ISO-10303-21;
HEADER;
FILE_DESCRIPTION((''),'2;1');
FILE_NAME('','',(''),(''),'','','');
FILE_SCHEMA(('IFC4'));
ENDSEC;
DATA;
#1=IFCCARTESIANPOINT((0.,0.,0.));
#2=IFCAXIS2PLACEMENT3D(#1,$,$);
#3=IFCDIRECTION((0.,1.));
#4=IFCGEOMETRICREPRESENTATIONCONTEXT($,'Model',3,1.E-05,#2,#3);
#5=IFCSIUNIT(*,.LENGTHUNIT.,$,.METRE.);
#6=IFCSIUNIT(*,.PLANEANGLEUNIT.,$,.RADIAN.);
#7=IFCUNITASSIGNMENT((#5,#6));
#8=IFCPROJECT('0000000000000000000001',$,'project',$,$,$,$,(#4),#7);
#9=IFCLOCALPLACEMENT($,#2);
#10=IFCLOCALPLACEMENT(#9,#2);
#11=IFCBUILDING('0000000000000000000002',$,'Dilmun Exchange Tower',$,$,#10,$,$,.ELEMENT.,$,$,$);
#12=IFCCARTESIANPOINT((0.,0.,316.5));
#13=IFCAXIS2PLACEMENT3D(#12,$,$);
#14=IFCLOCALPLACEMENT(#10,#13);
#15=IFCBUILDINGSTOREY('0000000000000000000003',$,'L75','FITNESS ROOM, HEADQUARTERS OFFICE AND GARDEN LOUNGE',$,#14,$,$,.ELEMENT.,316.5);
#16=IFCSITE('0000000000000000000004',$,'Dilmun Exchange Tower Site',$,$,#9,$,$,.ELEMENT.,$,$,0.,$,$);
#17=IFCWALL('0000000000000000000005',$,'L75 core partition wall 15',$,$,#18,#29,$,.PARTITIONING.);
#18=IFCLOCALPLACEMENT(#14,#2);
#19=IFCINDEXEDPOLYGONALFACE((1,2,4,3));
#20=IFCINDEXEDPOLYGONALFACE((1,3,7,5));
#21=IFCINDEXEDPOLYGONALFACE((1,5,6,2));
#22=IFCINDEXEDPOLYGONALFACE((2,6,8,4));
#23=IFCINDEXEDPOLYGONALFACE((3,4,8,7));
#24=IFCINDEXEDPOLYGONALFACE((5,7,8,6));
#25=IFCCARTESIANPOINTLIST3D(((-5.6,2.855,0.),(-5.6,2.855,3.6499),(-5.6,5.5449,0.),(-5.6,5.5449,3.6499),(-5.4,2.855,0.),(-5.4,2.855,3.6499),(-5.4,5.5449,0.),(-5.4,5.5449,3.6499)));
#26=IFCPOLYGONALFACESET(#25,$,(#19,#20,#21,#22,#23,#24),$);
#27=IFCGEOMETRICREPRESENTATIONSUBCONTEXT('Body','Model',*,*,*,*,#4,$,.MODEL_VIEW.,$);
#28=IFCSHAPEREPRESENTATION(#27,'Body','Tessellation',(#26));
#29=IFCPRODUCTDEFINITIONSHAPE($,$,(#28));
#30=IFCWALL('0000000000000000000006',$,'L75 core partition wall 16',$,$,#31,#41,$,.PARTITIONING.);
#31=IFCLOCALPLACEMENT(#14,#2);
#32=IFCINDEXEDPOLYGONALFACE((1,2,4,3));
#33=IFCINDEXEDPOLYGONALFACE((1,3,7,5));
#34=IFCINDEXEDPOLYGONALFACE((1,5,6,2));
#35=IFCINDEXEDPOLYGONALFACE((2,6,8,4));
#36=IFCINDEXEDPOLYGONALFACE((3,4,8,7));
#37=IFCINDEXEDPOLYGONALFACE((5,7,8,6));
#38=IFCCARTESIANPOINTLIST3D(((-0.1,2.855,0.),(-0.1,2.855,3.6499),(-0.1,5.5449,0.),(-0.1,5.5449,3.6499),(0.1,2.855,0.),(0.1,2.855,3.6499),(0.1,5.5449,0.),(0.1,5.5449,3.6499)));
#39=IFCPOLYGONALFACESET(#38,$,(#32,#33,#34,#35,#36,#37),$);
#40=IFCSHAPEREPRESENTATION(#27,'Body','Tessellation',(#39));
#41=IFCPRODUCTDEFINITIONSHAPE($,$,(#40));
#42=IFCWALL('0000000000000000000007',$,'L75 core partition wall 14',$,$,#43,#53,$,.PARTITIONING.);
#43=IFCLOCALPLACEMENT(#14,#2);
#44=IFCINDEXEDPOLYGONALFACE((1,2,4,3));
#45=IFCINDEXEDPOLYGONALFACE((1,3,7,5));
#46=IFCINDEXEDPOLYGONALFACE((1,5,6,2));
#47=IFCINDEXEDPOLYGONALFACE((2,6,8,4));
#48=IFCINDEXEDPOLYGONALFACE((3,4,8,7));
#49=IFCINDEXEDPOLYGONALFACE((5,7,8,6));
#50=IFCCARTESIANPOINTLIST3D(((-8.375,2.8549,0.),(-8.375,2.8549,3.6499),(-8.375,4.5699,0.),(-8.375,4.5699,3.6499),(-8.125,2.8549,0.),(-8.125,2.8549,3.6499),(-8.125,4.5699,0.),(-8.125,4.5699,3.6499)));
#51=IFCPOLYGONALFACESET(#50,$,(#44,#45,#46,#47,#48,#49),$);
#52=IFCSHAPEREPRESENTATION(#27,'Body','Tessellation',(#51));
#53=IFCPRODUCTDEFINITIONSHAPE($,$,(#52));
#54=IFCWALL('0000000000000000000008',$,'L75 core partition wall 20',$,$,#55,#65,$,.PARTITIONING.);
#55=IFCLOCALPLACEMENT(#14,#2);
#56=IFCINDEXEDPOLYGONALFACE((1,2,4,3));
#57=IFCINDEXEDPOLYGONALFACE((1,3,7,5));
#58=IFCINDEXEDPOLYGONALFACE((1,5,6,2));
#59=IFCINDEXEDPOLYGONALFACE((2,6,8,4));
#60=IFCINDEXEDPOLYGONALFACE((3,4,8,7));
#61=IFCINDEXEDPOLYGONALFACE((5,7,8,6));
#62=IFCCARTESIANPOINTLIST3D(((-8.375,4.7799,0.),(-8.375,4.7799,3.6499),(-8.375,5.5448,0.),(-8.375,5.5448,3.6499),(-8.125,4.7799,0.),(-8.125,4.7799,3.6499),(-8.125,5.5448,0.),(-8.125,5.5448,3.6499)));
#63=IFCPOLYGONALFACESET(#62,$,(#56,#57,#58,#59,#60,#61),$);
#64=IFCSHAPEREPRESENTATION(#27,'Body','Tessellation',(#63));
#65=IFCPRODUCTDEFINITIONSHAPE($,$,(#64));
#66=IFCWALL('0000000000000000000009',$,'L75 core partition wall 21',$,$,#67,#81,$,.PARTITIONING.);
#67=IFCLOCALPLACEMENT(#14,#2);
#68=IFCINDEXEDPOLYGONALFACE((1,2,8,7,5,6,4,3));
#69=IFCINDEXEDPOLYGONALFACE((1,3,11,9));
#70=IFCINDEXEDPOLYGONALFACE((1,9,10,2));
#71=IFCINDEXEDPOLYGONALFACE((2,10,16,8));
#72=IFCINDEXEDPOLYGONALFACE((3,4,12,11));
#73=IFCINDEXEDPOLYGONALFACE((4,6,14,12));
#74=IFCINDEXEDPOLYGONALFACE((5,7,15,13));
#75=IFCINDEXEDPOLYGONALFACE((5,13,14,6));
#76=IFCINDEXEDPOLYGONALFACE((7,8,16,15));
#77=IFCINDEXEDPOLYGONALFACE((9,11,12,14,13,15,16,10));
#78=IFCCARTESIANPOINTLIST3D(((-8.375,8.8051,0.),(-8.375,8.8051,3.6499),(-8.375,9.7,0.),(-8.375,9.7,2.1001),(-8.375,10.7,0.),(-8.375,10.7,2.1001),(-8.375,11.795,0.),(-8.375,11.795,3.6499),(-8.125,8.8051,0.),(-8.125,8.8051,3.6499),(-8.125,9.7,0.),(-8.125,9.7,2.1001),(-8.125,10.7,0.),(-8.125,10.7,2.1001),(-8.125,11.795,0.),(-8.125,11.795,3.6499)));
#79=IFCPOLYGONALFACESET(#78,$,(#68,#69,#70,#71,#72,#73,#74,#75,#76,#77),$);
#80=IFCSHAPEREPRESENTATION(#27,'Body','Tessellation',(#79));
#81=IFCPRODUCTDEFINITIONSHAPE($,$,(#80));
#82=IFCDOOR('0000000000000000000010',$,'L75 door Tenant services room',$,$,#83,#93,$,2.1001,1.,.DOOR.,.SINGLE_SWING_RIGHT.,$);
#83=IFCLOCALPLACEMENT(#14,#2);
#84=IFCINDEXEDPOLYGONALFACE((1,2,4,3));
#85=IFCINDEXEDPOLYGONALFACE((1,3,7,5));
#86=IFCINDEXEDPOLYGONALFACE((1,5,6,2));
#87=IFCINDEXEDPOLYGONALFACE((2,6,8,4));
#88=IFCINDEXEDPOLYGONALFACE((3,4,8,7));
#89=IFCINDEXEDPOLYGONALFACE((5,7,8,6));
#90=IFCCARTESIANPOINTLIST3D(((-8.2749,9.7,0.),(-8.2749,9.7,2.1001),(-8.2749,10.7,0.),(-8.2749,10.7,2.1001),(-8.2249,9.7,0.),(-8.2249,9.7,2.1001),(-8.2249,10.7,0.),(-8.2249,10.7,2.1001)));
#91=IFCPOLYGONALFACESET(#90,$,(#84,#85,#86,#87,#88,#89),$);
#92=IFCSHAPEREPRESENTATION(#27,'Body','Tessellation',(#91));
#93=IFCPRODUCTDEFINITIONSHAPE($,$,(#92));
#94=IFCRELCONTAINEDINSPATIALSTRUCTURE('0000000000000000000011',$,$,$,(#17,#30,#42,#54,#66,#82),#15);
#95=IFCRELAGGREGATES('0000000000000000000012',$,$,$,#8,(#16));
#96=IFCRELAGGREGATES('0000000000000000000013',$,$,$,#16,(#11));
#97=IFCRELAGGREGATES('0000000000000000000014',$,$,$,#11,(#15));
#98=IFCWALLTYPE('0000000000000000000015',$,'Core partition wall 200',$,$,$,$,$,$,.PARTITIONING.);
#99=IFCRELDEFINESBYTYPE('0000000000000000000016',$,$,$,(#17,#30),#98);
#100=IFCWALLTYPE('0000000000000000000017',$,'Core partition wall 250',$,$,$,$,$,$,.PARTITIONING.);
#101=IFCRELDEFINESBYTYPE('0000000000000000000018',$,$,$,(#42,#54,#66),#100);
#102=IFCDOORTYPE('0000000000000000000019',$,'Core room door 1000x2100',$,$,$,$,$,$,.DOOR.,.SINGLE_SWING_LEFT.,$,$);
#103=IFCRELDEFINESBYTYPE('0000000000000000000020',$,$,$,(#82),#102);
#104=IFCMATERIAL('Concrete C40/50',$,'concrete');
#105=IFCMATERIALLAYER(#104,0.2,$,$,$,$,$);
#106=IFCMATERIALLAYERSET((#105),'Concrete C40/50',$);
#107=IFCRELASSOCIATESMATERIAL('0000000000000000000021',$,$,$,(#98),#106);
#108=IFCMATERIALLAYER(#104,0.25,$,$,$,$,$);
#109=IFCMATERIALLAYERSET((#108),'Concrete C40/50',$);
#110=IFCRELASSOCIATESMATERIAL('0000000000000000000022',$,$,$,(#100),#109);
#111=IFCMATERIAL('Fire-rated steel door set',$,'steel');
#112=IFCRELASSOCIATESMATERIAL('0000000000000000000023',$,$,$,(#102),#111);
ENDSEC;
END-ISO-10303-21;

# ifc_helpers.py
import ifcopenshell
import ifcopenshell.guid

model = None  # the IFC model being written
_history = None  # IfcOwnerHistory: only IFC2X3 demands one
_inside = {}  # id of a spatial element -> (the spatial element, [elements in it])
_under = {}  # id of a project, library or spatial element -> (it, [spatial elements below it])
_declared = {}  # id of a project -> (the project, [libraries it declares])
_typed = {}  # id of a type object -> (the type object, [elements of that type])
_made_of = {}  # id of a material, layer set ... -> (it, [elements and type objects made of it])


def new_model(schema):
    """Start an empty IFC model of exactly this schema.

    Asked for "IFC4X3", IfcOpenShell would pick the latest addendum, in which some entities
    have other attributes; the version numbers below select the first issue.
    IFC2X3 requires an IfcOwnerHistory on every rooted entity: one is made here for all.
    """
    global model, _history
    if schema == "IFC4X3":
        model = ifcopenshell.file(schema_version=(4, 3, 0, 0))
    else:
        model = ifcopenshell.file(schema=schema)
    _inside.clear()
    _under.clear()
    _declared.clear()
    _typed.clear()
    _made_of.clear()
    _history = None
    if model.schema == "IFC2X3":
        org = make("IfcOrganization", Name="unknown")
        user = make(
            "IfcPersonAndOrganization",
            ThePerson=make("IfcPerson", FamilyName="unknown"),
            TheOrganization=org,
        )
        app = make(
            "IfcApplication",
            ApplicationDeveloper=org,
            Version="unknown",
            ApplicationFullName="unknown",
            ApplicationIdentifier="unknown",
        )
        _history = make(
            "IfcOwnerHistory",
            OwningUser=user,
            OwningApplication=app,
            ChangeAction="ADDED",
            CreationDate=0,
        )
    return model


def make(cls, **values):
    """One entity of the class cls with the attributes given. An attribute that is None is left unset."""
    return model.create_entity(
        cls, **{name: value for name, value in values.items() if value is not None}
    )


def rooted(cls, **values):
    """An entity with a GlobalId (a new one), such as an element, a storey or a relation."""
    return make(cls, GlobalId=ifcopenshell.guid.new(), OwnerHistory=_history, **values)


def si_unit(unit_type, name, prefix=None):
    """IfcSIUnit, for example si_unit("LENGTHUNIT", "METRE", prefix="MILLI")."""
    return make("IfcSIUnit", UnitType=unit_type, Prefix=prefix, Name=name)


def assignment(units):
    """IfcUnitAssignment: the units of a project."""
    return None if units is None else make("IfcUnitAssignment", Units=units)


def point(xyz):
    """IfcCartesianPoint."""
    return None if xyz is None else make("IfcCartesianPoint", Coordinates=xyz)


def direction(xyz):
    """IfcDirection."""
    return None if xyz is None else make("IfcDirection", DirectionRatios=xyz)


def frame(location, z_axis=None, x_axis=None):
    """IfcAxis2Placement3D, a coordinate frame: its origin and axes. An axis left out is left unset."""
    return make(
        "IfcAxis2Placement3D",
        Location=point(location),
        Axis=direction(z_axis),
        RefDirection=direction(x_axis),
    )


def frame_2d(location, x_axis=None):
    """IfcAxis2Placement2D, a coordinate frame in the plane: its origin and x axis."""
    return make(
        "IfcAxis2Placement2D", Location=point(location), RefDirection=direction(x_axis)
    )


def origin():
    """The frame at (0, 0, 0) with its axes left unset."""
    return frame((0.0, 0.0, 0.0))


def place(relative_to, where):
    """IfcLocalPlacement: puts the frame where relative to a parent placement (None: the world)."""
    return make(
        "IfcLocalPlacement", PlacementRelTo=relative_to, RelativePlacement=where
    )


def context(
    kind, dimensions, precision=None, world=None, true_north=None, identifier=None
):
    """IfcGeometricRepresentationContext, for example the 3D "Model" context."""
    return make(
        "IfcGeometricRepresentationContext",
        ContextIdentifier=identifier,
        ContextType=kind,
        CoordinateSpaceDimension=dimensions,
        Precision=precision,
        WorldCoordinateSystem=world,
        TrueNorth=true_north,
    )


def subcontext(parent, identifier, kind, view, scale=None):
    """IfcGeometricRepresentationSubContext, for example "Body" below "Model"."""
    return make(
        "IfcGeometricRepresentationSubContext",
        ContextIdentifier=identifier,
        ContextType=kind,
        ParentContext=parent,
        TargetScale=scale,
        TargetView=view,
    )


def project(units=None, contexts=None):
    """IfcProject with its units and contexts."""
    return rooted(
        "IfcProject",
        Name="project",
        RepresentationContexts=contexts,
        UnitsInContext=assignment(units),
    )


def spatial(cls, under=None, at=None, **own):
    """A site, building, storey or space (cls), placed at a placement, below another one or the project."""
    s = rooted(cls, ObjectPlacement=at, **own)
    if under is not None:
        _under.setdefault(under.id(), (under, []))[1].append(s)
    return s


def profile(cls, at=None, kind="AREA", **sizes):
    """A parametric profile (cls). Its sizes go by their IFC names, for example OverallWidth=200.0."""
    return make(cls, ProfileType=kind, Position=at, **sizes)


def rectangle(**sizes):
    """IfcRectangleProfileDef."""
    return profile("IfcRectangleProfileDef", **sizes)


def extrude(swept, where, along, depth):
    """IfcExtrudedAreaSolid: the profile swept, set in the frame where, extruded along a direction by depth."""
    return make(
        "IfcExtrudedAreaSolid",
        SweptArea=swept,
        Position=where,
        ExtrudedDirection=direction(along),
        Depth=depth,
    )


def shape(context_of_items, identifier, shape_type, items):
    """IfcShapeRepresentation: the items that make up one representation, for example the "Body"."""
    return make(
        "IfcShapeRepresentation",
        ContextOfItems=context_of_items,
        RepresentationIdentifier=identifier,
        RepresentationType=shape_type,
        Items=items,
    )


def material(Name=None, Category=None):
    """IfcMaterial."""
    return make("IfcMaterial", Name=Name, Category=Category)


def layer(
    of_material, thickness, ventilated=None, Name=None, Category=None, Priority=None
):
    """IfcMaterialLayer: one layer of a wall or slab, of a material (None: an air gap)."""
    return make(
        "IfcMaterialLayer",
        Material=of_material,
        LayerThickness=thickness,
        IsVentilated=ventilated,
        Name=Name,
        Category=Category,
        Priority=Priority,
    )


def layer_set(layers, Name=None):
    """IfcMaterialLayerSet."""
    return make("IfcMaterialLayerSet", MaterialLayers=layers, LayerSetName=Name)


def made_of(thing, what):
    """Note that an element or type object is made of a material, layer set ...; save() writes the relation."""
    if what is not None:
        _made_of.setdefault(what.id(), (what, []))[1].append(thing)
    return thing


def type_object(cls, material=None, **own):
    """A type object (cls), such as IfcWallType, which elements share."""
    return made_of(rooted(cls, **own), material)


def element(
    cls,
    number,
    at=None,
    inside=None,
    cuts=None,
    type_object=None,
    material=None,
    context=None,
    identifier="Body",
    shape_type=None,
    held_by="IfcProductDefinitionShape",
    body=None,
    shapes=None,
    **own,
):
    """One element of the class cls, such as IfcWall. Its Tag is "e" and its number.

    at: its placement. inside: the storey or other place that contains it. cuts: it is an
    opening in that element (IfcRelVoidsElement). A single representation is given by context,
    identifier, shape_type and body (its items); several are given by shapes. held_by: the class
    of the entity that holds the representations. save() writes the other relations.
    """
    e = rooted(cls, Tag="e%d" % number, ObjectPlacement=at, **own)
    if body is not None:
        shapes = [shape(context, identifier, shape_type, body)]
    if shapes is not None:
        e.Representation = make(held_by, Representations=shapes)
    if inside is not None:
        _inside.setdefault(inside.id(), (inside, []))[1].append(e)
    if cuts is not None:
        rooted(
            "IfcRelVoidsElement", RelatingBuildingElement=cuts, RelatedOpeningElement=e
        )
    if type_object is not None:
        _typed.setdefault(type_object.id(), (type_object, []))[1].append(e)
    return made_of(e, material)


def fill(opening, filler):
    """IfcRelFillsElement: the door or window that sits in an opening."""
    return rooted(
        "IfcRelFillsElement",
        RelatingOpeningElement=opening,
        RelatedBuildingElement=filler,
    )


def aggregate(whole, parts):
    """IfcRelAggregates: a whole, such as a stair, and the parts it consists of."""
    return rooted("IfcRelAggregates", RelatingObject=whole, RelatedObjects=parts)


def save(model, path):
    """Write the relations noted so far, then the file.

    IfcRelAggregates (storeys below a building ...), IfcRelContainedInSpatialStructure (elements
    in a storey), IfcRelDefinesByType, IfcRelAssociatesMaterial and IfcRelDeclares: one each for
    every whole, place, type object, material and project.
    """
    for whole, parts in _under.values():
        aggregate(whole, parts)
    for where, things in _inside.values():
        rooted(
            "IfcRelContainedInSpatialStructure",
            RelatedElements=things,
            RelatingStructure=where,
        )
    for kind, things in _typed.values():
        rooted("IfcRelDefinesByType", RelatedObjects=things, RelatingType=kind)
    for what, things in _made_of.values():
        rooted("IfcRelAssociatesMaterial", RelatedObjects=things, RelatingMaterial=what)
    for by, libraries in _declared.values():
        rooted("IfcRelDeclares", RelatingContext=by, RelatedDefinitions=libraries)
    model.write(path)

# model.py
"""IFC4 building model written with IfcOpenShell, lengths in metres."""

from ifc_helpers import new_model, si_unit, direction, frame, frame_2d, origin, place, context, subcontext, project, spatial, rectangle, extrude, material, layer, layer_set, type_object, element, fill, save


model = new_model("IFC4")

# Units and contexts
model_context = context("Model", 3, precision=1e-05, world=origin(), true_north=direction((0.0, 1.0)))
body_context = subcontext(model_context, "Body", "Model", "MODEL_VIEW")
ifc_project = project(units=[si_unit("LENGTHUNIT", "METRE"), si_unit("PLANEANGLEUNIT", "RADIAN")], contexts=[model_context])

# Site, building, storey
site_placement = place(None, origin())
site = spatial("IfcSite", under=ifc_project, at=site_placement, Name="Dilmun Exchange Tower Site", CompositionType="ELEMENT", RefElevation=0.0)
building_placement = place(site_placement, origin())
building = spatial("IfcBuilding", under=site, at=building_placement, Name="Dilmun Exchange Tower", CompositionType="ELEMENT")
storey_placement = place(building_placement, frame((0.0, 0.0, 316.5)))
storey = spatial("IfcBuildingStorey", under=building, at=storey_placement, Name="L75", Description="FITNESS ROOM, HEADQUARTERS OFFICE AND GARDEN LOUNGE", CompositionType="ELEMENT", Elevation=316.5)

# Walls
ifc_material_1 = material(Name="Concrete C40/50", Category="concrete")
ifc_layer_1 = layer(ifc_material_1, 0.2)
ifc_layer_set_1 = layer_set([ifc_layer_1], Name="Concrete C40/50")
wall_type_1 = type_object("IfcWallType", Name="Core partition wall 200", PredefinedType="PARTITIONING", material=ifc_layer_set_1)
for number, where, z_axis, x_axis, name in (
    (1, (-5.5, 2.855, 0.0), (0.0, 0.0, 1.0), (0.0, 1.0, 0.0), "L75 core partition wall 15"),
    (2, (0.0, 2.855, 0.0), (0.0, 0.0, 1.0), (0.0, 1.0, 0.0), "L75 core partition wall 16"),
):
    element("IfcWall", number, at=place(storey_placement, frame(where, z_axis=z_axis, x_axis=x_axis)), inside=storey, type_object=wall_type_1, Name=name, PredefinedType="PARTITIONING", context=body_context, shape_type="SweptSolid", body=[
        extrude(rectangle(XDim=2.6899, YDim=0.2, at=frame_2d((1.345, 0.0))), origin(), (0.0, 0.0, 1.0), 3.6499),
    ])
ifc_layer_2 = layer(ifc_material_1, 0.25)
ifc_layer_set_2 = layer_set([ifc_layer_2], Name="Concrete C40/50")
wall_type_2 = type_object("IfcWallType", Name="Core partition wall 250", PredefinedType="PARTITIONING", material=ifc_layer_set_2)
wall_1_placement = place(storey_placement, frame((-8.25, 2.855, 0.0), z_axis=(0.0, 0.0, 1.0), x_axis=(0.0, 1.0, 0.0)))
element("IfcWall", 3, at=wall_1_placement, inside=storey, type_object=wall_type_2, Name="L75 core partition wall 14", PredefinedType="PARTITIONING", context=body_context, shape_type="SweptSolid", body=[
    extrude(rectangle(XDim=1.7151, YDim=0.25, at=frame_2d((0.8574, 0.0))), origin(), (0.0, 0.0, 1.0), 3.6499),
])
wall_2_placement = place(storey_placement, frame((-8.25, 4.78, 0.0), z_axis=(0.0, 0.0, 1.0), x_axis=(0.0, 1.0, 0.0)))
element("IfcWall", 4, at=wall_2_placement, inside=storey, type_object=wall_type_2, Name="L75 core partition wall 20", PredefinedType="PARTITIONING", context=body_context, shape_type="SweptSolid", body=[
    extrude(rectangle(XDim=0.7649, YDim=0.25, at=frame_2d((0.3823, 0.0))), origin(), (0.0, 0.0, 1.0), 3.6499),
])

# Wall, opening, door
wall_3_placement = place(storey_placement, frame((-8.25, 8.8049, 0.0), z_axis=(0.0, 0.0, 1.0), x_axis=(0.0, 1.0, 0.0)))
wall_3 = element("IfcWall", 5, at=wall_3_placement, inside=storey, type_object=wall_type_2, Name="L75 core partition wall 21", PredefinedType="PARTITIONING", context=body_context, shape_type="SweptSolid", body=[
    extrude(rectangle(XDim=2.99, YDim=0.25, at=frame_2d((1.4951, 0.0))), origin(), (0.0, 0.0, 1.0), 3.6499),
])
opening_1_placement = place(wall_3_placement, frame((0.895, 0.0, 0.0)))
opening_1 = element("IfcOpeningElement", 6, at=opening_1_placement, cuts=wall_3, PredefinedType="OPENING", context=body_context, shape_type="SweptSolid", body=[
    extrude(rectangle(XDim=1.0, YDim=2.1001, at=frame_2d((0.5, 1.05))), frame((0.0, 0.135, 0.0), z_axis=(0.0, -1.0, 0.0), x_axis=(1.0, 0.0, 0.0)), (0.0, 0.0, 1.0), 0.27),
])
ifc_material_2 = material(Name="Fire-rated steel door set", Category="steel")
door_type_1 = type_object("IfcDoorType", Name="Core room door 1000x2100", OperationType="SINGLE_SWING_LEFT", PredefinedType="DOOR", material=ifc_material_2)
door_1_placement = place(opening_1_placement, origin())
door_1 = element("IfcDoor", 7, at=door_1_placement, inside=storey, type_object=door_type_1, Name="L75 door Tenant services room", OperationType="SINGLE_SWING_RIGHT", OverallHeight=2.1001, OverallWidth=1.0, PredefinedType="DOOR", context=body_context, shape_type="SweptSolid", body=[
    extrude(rectangle(XDim=1.0, YDim=2.1001, at=frame_2d((0.5, 1.05))), frame((0.0, 0.0249, 0.0), z_axis=(0.0, -1.0, 0.0), x_axis=(1.0, 0.0, 0.0)), (0.0, 0.0, 1.0), 0.05),
])
fill(opening_1, door_1)

save(model, "model.ifc")
